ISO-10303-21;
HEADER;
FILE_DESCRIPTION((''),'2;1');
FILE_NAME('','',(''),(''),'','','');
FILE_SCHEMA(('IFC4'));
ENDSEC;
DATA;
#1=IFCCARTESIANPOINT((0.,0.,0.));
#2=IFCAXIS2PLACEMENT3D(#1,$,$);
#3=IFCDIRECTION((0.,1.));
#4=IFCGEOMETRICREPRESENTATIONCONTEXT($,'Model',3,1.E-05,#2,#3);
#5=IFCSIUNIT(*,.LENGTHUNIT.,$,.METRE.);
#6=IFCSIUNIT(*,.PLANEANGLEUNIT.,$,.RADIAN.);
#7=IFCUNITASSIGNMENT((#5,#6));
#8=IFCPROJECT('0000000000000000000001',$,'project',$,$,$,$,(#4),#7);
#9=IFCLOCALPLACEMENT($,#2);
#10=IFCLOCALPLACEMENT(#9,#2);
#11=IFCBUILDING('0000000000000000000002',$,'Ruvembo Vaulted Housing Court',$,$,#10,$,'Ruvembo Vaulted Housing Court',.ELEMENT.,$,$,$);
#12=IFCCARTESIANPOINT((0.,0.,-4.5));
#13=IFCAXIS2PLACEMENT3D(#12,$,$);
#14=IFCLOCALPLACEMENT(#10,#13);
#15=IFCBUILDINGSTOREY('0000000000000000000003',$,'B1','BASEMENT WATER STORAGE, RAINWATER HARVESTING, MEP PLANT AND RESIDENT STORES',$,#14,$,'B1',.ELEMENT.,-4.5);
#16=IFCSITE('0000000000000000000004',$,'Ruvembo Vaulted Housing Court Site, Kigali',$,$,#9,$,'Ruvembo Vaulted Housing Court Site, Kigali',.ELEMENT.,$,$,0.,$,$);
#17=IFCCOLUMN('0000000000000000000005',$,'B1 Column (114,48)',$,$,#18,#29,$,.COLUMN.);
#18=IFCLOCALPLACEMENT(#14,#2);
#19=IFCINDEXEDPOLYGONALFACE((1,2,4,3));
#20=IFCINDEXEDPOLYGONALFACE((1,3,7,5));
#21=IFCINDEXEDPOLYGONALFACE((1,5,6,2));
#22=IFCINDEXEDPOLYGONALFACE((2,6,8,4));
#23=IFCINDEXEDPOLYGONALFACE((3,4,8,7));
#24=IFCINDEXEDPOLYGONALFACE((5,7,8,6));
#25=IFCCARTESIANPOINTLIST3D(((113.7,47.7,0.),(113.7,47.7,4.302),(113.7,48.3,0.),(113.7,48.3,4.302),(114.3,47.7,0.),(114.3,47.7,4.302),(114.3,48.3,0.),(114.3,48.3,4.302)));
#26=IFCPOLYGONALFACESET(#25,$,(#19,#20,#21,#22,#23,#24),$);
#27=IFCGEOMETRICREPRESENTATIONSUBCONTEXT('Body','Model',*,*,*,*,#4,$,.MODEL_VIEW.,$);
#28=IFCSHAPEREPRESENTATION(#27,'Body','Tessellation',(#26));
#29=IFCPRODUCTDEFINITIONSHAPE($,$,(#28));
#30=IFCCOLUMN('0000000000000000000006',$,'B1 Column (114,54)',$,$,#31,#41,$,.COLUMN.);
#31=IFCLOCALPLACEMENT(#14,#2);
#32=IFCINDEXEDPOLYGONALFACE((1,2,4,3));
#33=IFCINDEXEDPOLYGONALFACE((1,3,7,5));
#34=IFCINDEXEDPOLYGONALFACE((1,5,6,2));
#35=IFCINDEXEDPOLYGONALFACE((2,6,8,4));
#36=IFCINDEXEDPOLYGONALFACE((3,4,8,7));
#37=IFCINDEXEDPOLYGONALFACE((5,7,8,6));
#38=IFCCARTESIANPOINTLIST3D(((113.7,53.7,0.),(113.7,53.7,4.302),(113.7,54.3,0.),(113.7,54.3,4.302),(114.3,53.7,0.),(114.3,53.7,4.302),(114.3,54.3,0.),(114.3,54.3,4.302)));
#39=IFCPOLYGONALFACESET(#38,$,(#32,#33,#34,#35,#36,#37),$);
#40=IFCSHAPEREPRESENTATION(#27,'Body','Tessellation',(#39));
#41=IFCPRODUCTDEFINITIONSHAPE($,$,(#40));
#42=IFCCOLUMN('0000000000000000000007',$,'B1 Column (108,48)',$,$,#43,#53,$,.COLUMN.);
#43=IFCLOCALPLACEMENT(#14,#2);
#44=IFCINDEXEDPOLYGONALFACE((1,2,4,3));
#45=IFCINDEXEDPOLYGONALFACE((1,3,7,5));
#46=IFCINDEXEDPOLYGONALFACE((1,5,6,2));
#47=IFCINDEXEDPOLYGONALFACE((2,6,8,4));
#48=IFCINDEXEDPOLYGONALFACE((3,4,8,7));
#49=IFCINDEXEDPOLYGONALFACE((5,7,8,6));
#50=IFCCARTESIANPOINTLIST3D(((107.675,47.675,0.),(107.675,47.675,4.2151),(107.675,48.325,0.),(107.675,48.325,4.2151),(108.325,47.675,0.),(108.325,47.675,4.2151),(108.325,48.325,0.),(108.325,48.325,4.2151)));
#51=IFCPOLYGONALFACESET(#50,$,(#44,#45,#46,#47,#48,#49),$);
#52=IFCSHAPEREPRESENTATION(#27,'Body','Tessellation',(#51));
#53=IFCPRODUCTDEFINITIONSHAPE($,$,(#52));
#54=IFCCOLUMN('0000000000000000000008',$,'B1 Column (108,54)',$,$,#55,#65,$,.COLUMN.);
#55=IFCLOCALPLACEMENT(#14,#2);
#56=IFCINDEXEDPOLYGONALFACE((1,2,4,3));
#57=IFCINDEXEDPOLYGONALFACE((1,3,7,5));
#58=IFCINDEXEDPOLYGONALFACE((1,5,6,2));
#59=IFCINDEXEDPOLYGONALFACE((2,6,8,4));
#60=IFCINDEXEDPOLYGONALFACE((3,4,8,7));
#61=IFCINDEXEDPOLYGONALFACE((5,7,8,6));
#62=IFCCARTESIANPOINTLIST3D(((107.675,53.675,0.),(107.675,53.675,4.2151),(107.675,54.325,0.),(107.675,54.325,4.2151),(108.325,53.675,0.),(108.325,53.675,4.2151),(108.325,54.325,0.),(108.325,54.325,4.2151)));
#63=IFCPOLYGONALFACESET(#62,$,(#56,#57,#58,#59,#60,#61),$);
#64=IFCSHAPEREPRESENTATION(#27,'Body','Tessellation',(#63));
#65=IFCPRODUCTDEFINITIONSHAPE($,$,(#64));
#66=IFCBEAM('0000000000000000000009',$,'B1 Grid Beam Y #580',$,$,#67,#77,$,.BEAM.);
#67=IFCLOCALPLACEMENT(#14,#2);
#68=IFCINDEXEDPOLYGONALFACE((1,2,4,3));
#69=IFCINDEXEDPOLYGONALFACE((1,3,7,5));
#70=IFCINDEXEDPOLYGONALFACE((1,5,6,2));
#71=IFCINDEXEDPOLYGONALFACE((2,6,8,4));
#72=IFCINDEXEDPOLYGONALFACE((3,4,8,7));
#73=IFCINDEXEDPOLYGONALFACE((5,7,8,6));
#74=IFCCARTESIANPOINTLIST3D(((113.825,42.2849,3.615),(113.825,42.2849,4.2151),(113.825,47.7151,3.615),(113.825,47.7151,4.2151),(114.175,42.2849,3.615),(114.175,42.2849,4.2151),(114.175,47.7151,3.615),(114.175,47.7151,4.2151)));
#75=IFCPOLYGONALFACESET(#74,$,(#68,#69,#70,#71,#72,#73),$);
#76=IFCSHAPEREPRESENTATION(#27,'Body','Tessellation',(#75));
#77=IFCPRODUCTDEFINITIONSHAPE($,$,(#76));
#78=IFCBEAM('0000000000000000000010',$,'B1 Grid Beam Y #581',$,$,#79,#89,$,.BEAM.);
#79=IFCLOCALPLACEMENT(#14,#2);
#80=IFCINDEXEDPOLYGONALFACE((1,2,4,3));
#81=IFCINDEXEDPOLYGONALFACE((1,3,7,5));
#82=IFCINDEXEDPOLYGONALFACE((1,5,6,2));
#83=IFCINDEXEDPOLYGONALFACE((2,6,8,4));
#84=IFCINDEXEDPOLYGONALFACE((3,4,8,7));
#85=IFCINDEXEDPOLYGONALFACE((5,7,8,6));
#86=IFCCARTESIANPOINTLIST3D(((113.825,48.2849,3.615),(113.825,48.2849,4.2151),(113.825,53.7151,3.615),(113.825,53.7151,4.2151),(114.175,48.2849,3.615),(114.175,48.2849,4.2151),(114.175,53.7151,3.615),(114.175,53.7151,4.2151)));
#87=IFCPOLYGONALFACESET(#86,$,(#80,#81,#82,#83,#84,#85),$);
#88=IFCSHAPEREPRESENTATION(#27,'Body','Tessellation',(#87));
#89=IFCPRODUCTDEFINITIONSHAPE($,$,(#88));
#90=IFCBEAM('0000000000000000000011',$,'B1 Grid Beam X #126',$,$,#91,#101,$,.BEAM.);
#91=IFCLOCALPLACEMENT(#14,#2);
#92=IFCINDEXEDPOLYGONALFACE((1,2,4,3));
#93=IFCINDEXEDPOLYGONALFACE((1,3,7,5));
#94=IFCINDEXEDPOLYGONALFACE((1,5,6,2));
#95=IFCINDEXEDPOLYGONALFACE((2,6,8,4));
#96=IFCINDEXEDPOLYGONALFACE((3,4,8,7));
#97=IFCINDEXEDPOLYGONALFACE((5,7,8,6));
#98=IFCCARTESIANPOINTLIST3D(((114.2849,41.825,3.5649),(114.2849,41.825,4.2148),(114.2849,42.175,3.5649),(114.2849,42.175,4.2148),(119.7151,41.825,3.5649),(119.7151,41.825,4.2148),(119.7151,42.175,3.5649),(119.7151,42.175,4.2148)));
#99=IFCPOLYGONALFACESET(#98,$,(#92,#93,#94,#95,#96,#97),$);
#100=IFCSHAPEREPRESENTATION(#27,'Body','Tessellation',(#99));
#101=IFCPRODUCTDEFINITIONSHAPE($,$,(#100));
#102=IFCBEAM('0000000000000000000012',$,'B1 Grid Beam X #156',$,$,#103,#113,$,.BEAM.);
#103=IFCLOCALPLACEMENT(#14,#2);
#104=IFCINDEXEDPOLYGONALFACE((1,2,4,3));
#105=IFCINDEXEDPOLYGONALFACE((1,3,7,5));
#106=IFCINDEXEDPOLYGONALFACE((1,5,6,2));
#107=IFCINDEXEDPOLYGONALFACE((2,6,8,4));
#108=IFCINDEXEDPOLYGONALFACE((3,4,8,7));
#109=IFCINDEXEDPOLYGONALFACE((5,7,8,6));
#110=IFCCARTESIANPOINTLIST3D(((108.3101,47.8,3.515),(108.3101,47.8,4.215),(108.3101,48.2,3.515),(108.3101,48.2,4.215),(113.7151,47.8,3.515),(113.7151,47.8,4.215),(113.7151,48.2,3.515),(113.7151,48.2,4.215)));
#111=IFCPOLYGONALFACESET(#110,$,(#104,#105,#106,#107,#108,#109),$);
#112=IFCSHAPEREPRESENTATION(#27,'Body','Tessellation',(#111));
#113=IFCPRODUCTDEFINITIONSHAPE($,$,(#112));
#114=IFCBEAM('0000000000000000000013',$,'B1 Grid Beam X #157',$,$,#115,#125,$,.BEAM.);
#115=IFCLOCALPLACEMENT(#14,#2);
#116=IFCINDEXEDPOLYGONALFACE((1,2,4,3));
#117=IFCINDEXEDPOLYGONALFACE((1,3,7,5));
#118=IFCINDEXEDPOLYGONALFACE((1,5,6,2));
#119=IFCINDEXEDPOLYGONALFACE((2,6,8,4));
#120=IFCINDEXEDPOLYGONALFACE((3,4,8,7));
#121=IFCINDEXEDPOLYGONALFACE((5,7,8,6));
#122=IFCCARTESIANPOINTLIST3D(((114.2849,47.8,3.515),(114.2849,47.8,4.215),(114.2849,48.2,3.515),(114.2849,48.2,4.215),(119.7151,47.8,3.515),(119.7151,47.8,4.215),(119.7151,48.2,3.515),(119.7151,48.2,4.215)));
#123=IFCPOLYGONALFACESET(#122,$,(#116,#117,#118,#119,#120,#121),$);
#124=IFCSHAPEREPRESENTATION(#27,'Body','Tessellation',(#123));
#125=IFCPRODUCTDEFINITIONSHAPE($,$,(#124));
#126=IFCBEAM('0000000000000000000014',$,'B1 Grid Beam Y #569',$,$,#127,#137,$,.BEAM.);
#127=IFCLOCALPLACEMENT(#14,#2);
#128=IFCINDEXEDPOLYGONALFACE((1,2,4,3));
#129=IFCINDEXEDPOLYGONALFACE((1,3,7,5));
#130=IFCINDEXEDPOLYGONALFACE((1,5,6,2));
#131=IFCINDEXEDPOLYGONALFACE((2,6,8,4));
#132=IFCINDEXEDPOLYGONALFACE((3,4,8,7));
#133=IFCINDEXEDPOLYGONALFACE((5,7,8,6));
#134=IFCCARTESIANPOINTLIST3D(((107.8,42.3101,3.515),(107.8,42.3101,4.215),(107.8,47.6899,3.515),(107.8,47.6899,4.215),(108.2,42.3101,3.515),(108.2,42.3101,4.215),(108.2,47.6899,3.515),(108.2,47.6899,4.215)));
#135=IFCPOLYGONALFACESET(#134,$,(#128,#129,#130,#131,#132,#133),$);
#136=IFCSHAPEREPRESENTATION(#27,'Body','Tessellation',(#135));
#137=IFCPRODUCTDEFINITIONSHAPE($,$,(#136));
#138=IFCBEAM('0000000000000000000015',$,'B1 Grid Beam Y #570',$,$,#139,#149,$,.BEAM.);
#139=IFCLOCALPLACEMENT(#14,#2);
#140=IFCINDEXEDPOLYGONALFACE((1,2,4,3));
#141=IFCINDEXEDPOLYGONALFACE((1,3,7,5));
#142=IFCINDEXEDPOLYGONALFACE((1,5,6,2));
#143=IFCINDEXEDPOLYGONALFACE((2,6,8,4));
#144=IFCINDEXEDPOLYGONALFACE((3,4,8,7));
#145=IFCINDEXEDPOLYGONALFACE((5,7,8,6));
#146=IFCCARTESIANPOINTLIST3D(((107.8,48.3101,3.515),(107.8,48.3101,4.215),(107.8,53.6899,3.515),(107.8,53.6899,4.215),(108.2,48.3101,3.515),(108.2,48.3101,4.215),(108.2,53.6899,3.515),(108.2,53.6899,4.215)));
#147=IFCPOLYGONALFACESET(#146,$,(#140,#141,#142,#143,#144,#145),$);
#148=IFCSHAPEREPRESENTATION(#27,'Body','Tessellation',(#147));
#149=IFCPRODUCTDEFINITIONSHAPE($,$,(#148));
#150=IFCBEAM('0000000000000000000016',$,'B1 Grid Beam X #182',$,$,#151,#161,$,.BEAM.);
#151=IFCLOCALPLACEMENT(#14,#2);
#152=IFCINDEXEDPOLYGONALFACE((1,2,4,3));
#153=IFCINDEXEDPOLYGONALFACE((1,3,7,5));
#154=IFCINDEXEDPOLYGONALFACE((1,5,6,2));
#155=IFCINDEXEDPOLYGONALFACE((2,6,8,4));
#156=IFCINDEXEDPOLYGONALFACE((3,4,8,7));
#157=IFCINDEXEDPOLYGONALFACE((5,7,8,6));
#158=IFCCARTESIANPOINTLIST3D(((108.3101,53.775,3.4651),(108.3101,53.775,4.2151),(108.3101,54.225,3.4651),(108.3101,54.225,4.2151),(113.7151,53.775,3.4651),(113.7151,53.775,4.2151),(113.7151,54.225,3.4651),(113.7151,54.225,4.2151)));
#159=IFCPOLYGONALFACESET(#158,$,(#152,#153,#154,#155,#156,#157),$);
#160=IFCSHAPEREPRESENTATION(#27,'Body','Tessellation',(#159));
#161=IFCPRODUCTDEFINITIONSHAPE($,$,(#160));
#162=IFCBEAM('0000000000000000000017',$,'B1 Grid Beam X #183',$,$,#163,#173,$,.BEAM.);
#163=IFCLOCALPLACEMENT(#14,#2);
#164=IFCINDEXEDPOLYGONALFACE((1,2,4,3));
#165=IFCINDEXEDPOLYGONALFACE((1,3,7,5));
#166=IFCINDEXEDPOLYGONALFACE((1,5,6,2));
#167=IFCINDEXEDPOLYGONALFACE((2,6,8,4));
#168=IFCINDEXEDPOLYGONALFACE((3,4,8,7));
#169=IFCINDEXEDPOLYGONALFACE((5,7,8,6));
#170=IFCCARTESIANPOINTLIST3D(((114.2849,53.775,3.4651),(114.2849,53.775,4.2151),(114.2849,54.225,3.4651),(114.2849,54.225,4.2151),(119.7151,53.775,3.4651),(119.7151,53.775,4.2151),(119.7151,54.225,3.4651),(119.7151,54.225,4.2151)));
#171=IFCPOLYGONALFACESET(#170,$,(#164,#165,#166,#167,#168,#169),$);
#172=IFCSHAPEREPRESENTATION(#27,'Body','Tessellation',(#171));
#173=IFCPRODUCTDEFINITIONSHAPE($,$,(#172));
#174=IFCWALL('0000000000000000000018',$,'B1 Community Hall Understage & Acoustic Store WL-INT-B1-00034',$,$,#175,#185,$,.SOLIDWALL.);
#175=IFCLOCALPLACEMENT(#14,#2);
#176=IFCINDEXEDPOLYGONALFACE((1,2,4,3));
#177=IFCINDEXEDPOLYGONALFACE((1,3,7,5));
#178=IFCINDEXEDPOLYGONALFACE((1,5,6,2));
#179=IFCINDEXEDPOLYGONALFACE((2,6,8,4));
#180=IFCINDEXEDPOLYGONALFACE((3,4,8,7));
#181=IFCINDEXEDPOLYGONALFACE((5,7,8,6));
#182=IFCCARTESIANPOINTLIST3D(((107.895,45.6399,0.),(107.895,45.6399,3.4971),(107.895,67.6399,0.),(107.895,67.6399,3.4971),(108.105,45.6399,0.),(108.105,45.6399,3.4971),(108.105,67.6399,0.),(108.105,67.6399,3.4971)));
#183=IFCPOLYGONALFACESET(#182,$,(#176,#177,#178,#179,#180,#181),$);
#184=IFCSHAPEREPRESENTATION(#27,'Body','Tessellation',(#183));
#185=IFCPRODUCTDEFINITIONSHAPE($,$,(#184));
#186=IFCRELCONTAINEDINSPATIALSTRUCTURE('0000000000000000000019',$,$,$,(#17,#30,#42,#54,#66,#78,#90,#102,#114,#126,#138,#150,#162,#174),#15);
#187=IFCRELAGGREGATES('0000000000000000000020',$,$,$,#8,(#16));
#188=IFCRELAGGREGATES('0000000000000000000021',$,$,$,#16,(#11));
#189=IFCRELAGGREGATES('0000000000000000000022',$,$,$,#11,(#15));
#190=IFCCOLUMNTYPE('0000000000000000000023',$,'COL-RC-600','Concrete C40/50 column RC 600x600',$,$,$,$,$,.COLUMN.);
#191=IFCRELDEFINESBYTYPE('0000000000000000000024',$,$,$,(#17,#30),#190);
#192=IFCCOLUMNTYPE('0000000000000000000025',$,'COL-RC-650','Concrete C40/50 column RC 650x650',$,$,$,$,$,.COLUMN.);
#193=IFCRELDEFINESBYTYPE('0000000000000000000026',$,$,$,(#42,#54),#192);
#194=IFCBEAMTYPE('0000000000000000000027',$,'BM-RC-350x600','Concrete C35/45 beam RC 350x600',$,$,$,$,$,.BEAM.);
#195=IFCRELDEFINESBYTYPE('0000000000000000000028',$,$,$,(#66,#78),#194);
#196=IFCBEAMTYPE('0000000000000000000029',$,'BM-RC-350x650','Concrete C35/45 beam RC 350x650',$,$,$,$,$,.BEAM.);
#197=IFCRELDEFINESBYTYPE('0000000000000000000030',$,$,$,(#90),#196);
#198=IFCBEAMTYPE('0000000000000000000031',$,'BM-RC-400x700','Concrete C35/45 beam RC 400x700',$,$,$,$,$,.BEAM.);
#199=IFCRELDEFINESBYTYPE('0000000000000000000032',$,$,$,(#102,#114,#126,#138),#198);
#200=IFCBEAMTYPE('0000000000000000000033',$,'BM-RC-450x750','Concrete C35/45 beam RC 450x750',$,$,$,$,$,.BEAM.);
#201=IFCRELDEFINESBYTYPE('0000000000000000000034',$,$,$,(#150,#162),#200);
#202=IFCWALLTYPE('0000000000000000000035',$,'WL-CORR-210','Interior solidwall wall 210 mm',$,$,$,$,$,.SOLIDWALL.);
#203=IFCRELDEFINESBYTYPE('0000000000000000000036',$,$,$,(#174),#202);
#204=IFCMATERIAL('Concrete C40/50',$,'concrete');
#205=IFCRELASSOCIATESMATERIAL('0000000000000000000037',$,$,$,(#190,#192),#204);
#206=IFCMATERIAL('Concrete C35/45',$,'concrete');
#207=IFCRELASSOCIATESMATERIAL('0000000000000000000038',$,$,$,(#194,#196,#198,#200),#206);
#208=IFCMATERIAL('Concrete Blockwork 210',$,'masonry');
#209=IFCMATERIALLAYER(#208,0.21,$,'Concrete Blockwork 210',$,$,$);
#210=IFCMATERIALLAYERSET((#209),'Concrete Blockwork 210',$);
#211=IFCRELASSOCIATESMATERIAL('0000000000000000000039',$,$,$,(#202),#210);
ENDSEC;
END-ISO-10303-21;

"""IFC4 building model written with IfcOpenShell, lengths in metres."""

from ifc_helpers import new_model, si_unit, direction, frame, frame_2d, origin, origin_2d, place, context, subcontext, project, spatial, rectangle, extrude, material, layer, layer_set, material_profile, profile_set, type_object, element, save


model = new_model("IFC4")

# Units and contexts
model_context = context("Model", 3, precision=1e-05, world=origin(), true_north=direction((0.0, 1.0)))
body_context = subcontext(model_context, "Body", "Model", "MODEL_VIEW")
ifc_project = project(units=[si_unit("LENGTHUNIT", "METRE"), si_unit("PLANEANGLEUNIT", "RADIAN")], contexts=[model_context])

# Site, building, storey
site_placement = place(None, origin())
site = spatial("IfcSite", under=ifc_project, at=site_placement, Name="Ruvembo Vaulted Housing Court Site, Kigali", LongName="Ruvembo Vaulted Housing Court Site, Kigali", CompositionType="ELEMENT", RefElevation=0.0)
building_placement = place(site_placement, origin())
building = spatial("IfcBuilding", under=site, at=building_placement, Name="Ruvembo Vaulted Housing Court", LongName="Ruvembo Vaulted Housing Court", CompositionType="ELEMENT")
storey_placement = place(building_placement, frame((0.0, 0.0, -4.5)))
storey = spatial("IfcBuildingStorey", under=building, at=storey_placement, Name="B1", Description="BASEMENT WATER STORAGE, RAINWATER HARVESTING, MEP PLANT AND RESIDENT STORES", LongName="B1", CompositionType="ELEMENT", Elevation=-4.5)

# Shared definitions
ifc_material_1 = material(Name="Concrete C35/45", Category="concrete")

# Columns
ifc_material_2 = material(Name="Concrete C40/50", Category="concrete")
ifc_material_profile_1 = material_profile(ifc_material_2, rectangle(XDim=0.6001, YDim=0.6001, at=origin_2d()), Name="RC 600x600")
ifc_profile_set_1 = profile_set([ifc_material_profile_1], Name="Concrete C40/50")
column_type_1 = type_object("IfcColumnType", Name="COL-RC-600", Description="Concrete C40/50 column RC 600x600", PredefinedType="COLUMN", material=ifc_profile_set_1)
for number, where, z_axis, x_axis, name in (
    (1, (114.0, 48.0, 0.0), (0.0, 0.0, 1.0), (1.0, 0.0, 0.0), "B1 Column (114,48)"),
    (2, (114.0, 54.0, 0.0), (0.0, 0.0, 1.0), (1.0, 0.0, 0.0), "B1 Column (114,54)"),
):
    element("IfcColumn", number, at=place(storey_placement, frame(where, z_axis=z_axis, x_axis=x_axis)), inside=storey, type_object=column_type_1, Name=name, PredefinedType="COLUMN", context=body_context, shape_type="SweptSolid", body=[
        extrude(rectangle(XDim=0.6001, YDim=0.6001, at=origin_2d()), origin(), (0.0, 0.0, 1.0), 4.302),
    ])
ifc_material_profile_2 = material_profile(ifc_material_2, rectangle(XDim=0.6499, YDim=0.6499, at=origin_2d()), Name="RC 650x650")
ifc_profile_set_2 = profile_set([ifc_material_profile_2], Name="Concrete C40/50")
column_type_2 = type_object("IfcColumnType", Name="COL-RC-650", Description="Concrete C40/50 column RC 650x650", PredefinedType="COLUMN", material=ifc_profile_set_2)
for number, where, z_axis, x_axis, name in (
    (3, (108.0, 48.0, 0.0), (0.0, 0.0, 1.0), (1.0, 0.0, 0.0), "B1 Column (108,48)"),
    (4, (108.0, 54.0, 0.0), (0.0, 0.0, 1.0), (1.0, 0.0, 0.0), "B1 Column (108,54)"),
):
    element("IfcColumn", number, at=place(storey_placement, frame(where, z_axis=z_axis, x_axis=x_axis)), inside=storey, type_object=column_type_2, Name=name, PredefinedType="COLUMN", context=body_context, shape_type="SweptSolid", body=[
        extrude(rectangle(XDim=0.6499, YDim=0.6499, at=origin_2d()), origin(), (0.0, 0.0, 1.0), 4.2151),
    ])

# Beams
ifc_material_profile_3 = material_profile(ifc_material_1, rectangle(XDim=0.3501, YDim=0.6001, at=origin_2d()), Name="RC 350x600")
ifc_profile_set_3 = profile_set([ifc_material_profile_3], Name="Concrete C35/45")
beam_type_1 = type_object("IfcBeamType", Name="BM-RC-350x600", Description="Concrete C35/45 beam RC 350x600", PredefinedType="BEAM", material=ifc_profile_set_3)
for number, where, z_axis, x_axis, name in (
    (5, (114.0, 42.2849, 3.915), (0.0, 1.0, 0.0), (-1.0, 0.0, 0.0), "B1 Grid Beam Y #580"),
    (6, (114.0, 48.2849, 3.915), (0.0, 1.0, 0.0), (-1.0, 0.0, 0.0), "B1 Grid Beam Y #581"),
):
    element("IfcBeam", number, at=place(storey_placement, frame(where, z_axis=z_axis, x_axis=x_axis)), inside=storey, type_object=beam_type_1, Name=name, PredefinedType="BEAM", context=body_context, shape_type="SweptSolid", body=[
        extrude(rectangle(XDim=0.3501, YDim=0.6001, at=origin_2d()), origin(), (0.0, 0.0, 1.0), 5.4302),
    ])
ifc_material_profile_4 = material_profile(ifc_material_1, rectangle(XDim=0.3501, YDim=0.6499, at=origin_2d()), Name="RC 350x650")
ifc_profile_set_4 = profile_set([ifc_material_profile_4], Name="Concrete C35/45")
beam_type_2 = type_object("IfcBeamType", Name="BM-RC-350x650", Description="Concrete C35/45 beam RC 350x650", PredefinedType="BEAM", material=ifc_profile_set_4)
beam_1_placement = place(storey_placement, frame((114.2849, 42.0, 3.8899), z_axis=(1.0, 0.0, 0.0), x_axis=(0.0, 1.0, 0.0)))
element("IfcBeam", 7, at=beam_1_placement, inside=storey, type_object=beam_type_2, Name="B1 Grid Beam X #126", PredefinedType="BEAM", context=body_context, shape_type="SweptSolid", body=[
    extrude(rectangle(XDim=0.3501, YDim=0.6499, at=origin_2d()), origin(), (0.0, 0.0, 1.0), 5.4302),
])
ifc_material_profile_5 = material_profile(ifc_material_1, rectangle(XDim=0.3999, YDim=0.7, at=origin_2d()), Name="RC 400x700")
ifc_profile_set_5 = profile_set([ifc_material_profile_5], Name="Concrete C35/45")
beam_type_3 = type_object("IfcBeamType", Name="BM-RC-400x700", Description="Concrete C35/45 beam RC 400x700", PredefinedType="BEAM", material=ifc_profile_set_5)
beam_2_placement = place(storey_placement, frame((108.3101, 48.0, 3.865), z_axis=(1.0, 0.0, 0.0), x_axis=(0.0, 1.0, 0.0)))
element("IfcBeam", 8, at=beam_2_placement, inside=storey, type_object=beam_type_3, Name="B1 Grid Beam X #156", PredefinedType="BEAM", context=body_context, shape_type="SweptSolid", body=[
    extrude(rectangle(XDim=0.3999, YDim=0.7, at=origin_2d()), origin(), (0.0, 0.0, 1.0), 5.405),
])
beam_3_placement = place(storey_placement, frame((114.2849, 48.0, 3.865), z_axis=(1.0, 0.0, 0.0), x_axis=(0.0, 1.0, 0.0)))
element("IfcBeam", 9, at=beam_3_placement, inside=storey, type_object=beam_type_3, Name="B1 Grid Beam X #157", PredefinedType="BEAM", context=body_context, shape_type="SweptSolid", body=[
    extrude(rectangle(XDim=0.3999, YDim=0.7, at=origin_2d()), origin(), (0.0, 0.0, 1.0), 5.4302),
])
for number, where, z_axis, x_axis, name in (
    (10, (108.0, 42.3101, 3.865), (0.0, 1.0, 0.0), (-1.0, 0.0, 0.0), "B1 Grid Beam Y #569"),
    (11, (108.0, 48.3101, 3.865), (0.0, 1.0, 0.0), (-1.0, 0.0, 0.0), "B1 Grid Beam Y #570"),
):
    element("IfcBeam", number, at=place(storey_placement, frame(where, z_axis=z_axis, x_axis=x_axis)), inside=storey, type_object=beam_type_3, Name=name, PredefinedType="BEAM", context=body_context, shape_type="SweptSolid", body=[
        extrude(rectangle(XDim=0.3999, YDim=0.7, at=origin_2d()), origin(), (0.0, 0.0, 1.0), 5.3799),
    ])
ifc_material_profile_6 = material_profile(ifc_material_1, rectangle(XDim=0.45, YDim=0.75, at=origin_2d()), Name="RC 450x750")
ifc_profile_set_6 = profile_set([ifc_material_profile_6], Name="Concrete C35/45")
beam_type_4 = type_object("IfcBeamType", Name="BM-RC-450x750", Description="Concrete C35/45 beam RC 450x750", PredefinedType="BEAM", material=ifc_profile_set_6)
beam_4_placement = place(storey_placement, frame((108.3101, 54.0, 3.8401), z_axis=(1.0, 0.0, 0.0), x_axis=(0.0, 1.0, 0.0)))
element("IfcBeam", 12, at=beam_4_placement, inside=storey, type_object=beam_type_4, Name="B1 Grid Beam X #182", PredefinedType="BEAM", context=body_context, shape_type="SweptSolid", body=[
    extrude(rectangle(XDim=0.45, YDim=0.75, at=origin_2d()), origin(), (0.0, 0.0, 1.0), 5.405),
])
beam_5_placement = place(storey_placement, frame((114.2849, 54.0, 3.8401), z_axis=(1.0, 0.0, 0.0), x_axis=(0.0, 1.0, 0.0)))
element("IfcBeam", 13, at=beam_5_placement, inside=storey, type_object=beam_type_4, Name="B1 Grid Beam X #183", PredefinedType="BEAM", context=body_context, shape_type="SweptSolid", body=[
    extrude(rectangle(XDim=0.45, YDim=0.75, at=origin_2d()), origin(), (0.0, 0.0, 1.0), 5.4302),
])

# Wall
ifc_material_3 = material(Name="Concrete Blockwork 210", Category="masonry")
ifc_layer = layer(ifc_material_3, 0.21, Name="Concrete Blockwork 210")
ifc_layer_set = layer_set([ifc_layer], Name="Concrete Blockwork 210")
wall_type = type_object("IfcWallType", Name="WL-CORR-210", Description="Interior solidwall wall 210 mm", PredefinedType="SOLIDWALL", material=ifc_layer_set)
wall_placement = place(storey_placement, frame((108.0, 45.6399, 0.0), z_axis=(0.0, 0.0, 1.0), x_axis=(0.0, 1.0, 0.0)))
element("IfcWall", 14, at=wall_placement, inside=storey, type_object=wall_type, Name="B1 Community Hall Understage & Acoustic Store WL-INT-B1-00034", PredefinedType="SOLIDWALL", context=body_context, shape_type="SweptSolid", body=[
    extrude(rectangle(XDim=22.0, YDim=0.21, at=frame_2d((11.0, 0.0))), origin(), (0.0, 0.0, 1.0), 3.4971),
])

save(model, "model.ifc")
